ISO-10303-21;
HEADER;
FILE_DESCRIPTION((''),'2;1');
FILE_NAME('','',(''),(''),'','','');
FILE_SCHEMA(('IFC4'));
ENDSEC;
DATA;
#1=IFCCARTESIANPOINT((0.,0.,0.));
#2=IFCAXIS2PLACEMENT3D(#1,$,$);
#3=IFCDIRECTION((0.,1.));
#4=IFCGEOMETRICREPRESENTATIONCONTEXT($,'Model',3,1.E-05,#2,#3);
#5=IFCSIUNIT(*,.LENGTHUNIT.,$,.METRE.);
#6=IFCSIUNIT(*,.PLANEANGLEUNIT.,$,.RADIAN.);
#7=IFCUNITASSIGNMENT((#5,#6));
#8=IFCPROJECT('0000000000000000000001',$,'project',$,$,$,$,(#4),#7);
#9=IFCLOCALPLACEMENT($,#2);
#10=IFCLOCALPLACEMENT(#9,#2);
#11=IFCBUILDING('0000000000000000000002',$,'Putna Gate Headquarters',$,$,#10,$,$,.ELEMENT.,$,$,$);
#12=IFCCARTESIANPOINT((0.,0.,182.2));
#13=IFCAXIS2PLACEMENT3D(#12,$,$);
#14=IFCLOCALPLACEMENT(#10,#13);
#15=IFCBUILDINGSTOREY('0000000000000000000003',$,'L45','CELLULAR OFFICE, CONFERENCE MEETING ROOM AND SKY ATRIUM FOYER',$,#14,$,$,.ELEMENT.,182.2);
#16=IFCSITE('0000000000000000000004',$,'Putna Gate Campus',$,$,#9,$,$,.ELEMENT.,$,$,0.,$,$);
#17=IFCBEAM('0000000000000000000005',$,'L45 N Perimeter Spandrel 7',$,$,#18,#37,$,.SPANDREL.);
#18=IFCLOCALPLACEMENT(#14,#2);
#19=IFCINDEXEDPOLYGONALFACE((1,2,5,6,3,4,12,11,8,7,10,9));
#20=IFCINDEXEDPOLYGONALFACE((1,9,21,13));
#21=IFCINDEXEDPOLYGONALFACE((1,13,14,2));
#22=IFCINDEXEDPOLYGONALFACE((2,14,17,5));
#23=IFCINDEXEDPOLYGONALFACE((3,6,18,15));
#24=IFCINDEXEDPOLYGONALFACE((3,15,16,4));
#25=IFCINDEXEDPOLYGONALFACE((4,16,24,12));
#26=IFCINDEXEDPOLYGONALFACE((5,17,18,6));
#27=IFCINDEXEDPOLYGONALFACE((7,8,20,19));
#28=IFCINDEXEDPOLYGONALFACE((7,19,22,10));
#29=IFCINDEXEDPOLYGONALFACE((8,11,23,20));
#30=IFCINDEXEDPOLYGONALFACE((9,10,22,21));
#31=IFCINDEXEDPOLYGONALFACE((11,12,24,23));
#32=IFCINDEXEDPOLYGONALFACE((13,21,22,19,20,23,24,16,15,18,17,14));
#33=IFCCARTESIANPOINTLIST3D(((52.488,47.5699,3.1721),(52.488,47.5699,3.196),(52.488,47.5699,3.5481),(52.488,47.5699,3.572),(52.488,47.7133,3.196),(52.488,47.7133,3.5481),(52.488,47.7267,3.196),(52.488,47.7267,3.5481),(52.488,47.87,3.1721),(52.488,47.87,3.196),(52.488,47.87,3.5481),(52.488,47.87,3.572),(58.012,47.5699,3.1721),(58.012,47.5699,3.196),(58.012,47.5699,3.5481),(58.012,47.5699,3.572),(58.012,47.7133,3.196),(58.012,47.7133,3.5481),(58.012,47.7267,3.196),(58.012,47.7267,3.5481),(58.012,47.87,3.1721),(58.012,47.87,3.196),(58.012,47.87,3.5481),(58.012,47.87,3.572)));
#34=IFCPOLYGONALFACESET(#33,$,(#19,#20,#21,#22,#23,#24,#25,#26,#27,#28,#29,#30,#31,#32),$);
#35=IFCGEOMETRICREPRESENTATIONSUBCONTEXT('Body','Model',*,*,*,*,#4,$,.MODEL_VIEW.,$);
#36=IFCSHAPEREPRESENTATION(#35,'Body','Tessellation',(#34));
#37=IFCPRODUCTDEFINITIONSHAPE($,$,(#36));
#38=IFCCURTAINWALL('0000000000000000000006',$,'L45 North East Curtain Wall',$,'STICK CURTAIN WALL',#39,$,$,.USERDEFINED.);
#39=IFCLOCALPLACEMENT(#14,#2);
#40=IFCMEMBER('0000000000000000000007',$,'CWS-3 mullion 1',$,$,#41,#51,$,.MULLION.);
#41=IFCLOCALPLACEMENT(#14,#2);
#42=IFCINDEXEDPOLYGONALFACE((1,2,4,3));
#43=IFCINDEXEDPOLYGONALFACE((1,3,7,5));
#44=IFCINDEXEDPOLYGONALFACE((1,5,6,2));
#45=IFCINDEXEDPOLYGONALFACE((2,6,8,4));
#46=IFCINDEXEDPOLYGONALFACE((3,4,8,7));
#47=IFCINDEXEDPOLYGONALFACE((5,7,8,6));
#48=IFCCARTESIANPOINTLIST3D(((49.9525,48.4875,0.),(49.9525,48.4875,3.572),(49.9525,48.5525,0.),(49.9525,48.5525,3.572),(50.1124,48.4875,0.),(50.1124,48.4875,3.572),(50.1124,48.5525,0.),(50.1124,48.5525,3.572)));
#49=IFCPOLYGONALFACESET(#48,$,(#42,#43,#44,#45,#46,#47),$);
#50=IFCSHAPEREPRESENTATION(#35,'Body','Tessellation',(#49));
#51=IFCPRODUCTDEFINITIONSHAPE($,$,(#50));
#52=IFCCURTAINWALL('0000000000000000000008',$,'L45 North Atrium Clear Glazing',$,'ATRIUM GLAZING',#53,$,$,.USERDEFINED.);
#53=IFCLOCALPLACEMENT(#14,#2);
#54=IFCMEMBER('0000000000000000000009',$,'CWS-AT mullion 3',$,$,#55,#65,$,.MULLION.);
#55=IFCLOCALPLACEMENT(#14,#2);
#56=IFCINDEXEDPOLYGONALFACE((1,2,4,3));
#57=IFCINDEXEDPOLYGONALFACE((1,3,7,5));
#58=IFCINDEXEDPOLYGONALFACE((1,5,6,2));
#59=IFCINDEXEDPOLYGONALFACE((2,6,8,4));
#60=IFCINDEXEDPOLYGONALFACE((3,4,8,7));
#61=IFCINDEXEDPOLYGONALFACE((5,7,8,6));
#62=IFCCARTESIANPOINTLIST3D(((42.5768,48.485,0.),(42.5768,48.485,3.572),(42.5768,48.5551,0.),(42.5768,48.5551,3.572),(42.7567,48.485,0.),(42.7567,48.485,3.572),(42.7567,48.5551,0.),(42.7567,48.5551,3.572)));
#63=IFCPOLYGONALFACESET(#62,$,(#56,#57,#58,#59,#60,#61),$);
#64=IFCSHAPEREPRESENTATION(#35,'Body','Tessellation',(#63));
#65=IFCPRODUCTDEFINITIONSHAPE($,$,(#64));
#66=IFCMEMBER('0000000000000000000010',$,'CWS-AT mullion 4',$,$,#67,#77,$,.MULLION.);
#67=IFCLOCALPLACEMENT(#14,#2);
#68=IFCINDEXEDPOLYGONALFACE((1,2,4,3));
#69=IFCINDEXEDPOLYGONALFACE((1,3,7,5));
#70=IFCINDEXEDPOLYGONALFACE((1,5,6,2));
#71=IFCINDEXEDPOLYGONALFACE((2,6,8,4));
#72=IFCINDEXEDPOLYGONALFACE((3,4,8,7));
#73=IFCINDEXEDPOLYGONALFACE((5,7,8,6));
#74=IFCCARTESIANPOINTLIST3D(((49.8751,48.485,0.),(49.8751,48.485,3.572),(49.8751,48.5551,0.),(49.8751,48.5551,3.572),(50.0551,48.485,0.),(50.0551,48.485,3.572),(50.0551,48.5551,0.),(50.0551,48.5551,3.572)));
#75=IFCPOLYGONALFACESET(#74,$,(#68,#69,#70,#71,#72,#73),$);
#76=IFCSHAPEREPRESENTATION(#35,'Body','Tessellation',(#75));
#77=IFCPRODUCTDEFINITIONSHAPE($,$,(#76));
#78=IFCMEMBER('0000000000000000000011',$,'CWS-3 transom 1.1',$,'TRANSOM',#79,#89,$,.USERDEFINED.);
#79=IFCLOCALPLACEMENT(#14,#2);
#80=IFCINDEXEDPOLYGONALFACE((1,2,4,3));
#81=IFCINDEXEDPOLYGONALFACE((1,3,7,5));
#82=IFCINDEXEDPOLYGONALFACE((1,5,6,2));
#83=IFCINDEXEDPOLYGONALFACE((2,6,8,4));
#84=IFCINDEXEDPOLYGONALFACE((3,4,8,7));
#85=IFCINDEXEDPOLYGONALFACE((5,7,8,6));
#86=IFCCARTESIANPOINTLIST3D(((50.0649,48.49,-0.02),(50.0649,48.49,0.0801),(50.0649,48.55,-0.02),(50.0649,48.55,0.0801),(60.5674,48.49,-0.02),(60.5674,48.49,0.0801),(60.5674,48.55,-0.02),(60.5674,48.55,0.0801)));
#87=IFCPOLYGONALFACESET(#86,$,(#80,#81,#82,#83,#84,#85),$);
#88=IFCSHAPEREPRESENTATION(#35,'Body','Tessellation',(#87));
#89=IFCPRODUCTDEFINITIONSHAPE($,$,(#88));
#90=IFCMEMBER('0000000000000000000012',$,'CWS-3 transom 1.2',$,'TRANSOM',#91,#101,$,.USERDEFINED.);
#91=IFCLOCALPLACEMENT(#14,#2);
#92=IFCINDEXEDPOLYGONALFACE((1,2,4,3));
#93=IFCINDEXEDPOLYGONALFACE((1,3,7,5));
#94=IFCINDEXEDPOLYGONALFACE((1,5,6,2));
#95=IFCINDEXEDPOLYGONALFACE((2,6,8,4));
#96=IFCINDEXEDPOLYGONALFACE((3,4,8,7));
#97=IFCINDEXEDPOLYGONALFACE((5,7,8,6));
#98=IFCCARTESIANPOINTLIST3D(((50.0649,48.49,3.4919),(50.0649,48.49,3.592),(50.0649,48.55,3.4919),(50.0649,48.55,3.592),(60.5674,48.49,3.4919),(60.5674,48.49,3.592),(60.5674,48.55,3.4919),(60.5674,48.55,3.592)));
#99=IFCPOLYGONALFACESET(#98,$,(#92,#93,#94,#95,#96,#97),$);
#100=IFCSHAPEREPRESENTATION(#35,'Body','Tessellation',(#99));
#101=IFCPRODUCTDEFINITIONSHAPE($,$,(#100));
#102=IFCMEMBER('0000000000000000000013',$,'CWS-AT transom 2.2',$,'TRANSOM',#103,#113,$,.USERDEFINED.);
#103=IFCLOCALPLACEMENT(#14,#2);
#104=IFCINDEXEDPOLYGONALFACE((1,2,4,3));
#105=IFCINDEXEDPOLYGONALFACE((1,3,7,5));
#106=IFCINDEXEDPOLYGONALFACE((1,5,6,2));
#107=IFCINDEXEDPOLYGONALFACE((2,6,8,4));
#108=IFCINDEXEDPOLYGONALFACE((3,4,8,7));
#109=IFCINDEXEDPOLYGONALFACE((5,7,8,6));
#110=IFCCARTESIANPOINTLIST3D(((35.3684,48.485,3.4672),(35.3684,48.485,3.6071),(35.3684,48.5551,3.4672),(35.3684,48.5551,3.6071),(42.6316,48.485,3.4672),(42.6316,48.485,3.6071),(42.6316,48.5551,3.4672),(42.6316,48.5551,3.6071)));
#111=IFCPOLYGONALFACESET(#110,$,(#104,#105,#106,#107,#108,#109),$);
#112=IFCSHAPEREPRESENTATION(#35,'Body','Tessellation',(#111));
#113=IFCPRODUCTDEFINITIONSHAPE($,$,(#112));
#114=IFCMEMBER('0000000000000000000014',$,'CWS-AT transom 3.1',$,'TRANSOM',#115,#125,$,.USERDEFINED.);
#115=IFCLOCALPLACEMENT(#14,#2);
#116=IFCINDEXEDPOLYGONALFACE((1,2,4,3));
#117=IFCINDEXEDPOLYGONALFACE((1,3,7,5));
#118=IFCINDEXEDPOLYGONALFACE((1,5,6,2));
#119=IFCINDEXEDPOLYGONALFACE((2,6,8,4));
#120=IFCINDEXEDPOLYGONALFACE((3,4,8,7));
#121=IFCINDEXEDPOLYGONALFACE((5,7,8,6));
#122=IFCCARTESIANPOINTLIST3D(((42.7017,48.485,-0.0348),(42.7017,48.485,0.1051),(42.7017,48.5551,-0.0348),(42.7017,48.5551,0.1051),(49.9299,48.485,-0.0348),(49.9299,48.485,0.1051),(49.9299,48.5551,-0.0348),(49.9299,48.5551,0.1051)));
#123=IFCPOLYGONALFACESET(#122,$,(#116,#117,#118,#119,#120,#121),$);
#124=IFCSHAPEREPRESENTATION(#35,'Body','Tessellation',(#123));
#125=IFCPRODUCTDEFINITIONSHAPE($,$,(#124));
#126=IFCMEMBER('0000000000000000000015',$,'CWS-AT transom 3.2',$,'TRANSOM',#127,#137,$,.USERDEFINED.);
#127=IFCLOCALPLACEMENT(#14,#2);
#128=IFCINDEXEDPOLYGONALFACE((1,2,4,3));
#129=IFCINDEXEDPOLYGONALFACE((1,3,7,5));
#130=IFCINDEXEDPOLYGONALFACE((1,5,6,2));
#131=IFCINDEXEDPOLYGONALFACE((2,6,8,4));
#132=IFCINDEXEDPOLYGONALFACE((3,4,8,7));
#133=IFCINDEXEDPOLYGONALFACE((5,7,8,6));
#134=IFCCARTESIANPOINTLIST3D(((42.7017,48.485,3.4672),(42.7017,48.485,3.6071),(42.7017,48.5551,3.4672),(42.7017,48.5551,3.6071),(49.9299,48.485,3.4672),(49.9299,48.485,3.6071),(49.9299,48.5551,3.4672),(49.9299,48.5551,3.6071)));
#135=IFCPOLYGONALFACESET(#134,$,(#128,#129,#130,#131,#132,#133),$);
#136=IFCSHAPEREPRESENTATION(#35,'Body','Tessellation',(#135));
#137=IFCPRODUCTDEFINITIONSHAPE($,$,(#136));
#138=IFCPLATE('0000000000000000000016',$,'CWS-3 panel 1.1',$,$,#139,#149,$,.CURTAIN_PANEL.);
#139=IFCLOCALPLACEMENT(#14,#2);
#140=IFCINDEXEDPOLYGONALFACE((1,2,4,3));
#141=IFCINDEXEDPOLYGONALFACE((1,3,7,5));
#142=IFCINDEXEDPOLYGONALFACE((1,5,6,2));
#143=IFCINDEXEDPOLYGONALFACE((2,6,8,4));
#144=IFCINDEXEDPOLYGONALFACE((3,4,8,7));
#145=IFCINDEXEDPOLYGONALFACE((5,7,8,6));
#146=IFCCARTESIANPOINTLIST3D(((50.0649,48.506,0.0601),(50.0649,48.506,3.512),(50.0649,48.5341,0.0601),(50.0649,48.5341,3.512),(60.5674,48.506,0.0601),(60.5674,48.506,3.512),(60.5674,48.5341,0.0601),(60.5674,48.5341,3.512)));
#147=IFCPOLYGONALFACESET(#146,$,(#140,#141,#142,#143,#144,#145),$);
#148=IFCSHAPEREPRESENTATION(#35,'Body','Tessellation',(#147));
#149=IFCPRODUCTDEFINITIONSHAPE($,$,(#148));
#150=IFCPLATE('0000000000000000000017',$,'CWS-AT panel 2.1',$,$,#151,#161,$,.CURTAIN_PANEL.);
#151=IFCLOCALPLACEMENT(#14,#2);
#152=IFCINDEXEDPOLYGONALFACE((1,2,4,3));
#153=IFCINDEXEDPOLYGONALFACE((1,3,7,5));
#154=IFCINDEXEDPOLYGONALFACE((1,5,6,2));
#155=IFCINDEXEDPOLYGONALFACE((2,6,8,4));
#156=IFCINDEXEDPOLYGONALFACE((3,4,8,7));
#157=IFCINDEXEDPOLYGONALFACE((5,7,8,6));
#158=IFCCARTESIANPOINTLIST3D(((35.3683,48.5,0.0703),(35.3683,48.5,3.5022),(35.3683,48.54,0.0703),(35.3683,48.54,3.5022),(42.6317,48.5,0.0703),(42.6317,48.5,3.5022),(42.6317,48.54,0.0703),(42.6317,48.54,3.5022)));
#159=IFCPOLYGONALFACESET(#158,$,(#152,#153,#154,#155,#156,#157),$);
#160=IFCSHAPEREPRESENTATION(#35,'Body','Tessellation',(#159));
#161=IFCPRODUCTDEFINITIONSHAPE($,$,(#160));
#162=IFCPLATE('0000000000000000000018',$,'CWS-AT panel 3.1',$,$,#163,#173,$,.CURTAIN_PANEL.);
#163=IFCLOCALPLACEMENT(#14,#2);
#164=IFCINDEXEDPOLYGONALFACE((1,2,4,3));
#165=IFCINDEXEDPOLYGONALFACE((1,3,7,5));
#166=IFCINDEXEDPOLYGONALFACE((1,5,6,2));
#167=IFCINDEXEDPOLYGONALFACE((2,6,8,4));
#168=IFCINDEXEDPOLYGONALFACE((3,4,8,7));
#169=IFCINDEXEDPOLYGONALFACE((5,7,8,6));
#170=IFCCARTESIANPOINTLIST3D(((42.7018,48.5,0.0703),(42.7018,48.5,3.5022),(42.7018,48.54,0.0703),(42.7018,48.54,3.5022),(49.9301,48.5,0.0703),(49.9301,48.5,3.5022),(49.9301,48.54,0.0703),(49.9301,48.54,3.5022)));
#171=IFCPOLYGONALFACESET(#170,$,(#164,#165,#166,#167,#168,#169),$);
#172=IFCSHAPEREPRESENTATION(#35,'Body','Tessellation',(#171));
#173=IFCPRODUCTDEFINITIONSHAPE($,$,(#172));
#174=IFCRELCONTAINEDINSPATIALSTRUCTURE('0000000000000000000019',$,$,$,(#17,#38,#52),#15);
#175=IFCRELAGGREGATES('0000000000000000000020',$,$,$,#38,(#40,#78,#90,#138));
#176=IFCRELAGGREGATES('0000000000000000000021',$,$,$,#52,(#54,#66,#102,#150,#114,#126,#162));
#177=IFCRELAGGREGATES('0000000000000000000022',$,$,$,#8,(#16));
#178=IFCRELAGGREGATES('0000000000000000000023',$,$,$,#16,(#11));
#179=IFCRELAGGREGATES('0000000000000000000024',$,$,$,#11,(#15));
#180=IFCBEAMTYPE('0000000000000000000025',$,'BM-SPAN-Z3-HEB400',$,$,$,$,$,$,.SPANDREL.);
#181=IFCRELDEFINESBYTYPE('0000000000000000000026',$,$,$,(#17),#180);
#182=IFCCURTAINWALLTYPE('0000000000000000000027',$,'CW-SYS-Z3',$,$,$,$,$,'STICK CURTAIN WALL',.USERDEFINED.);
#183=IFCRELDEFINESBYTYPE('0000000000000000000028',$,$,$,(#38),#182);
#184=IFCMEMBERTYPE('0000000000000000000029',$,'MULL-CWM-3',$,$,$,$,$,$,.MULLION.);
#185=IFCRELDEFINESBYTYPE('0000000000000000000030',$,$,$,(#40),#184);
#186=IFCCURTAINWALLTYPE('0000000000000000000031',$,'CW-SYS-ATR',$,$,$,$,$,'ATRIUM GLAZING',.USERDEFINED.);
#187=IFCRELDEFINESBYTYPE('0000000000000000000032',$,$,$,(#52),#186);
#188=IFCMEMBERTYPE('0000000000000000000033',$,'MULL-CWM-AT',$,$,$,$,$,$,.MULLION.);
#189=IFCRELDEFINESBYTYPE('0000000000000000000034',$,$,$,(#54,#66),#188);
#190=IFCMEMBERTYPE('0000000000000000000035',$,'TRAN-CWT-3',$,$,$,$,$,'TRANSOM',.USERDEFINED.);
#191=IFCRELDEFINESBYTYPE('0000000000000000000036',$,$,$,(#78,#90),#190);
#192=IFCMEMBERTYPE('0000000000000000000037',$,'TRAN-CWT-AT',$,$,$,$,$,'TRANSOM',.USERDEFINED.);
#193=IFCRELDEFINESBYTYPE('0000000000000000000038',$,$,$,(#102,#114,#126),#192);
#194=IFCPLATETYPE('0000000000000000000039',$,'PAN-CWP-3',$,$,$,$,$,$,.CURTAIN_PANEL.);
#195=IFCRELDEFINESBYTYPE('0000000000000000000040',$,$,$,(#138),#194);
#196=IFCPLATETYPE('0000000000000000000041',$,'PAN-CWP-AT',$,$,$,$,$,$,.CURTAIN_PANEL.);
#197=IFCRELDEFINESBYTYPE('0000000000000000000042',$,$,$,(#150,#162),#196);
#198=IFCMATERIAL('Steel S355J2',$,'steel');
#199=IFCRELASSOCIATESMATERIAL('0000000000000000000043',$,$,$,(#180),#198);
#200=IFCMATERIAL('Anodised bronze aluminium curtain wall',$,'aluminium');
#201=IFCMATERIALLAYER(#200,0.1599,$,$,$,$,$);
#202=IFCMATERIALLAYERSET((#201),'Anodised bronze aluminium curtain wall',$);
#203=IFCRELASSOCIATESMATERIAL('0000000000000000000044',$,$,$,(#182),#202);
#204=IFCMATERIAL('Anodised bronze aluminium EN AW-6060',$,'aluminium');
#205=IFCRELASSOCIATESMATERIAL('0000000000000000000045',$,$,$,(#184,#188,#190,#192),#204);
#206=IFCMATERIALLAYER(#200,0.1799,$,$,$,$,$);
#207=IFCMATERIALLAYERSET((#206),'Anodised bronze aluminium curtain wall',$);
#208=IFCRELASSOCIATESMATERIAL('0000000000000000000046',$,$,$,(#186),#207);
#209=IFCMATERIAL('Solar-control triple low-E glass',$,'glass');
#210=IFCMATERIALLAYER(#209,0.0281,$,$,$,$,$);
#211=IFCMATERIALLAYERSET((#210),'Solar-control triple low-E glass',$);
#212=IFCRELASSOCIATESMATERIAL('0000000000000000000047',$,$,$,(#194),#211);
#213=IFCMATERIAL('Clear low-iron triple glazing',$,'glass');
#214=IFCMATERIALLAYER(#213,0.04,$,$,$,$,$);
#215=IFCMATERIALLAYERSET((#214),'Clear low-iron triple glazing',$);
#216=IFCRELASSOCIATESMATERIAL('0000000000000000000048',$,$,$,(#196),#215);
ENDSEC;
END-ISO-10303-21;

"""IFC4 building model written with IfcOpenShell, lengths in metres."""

from ifc_helpers import new_model, si_unit, direction, frame, origin, origin_2d, place, context, subcontext, project, spatial, rectangle, i_section, extrude, material, layer, layer_set, material_profile, profile_set, type_object, element, aggregate, save


model = new_model("IFC4")

# Units and contexts
model_context = context("Model", 3, precision=1e-05, world=origin(), true_north=direction((0.0, 1.0)))
body_context = subcontext(model_context, "Body", "Model", "MODEL_VIEW")
ifc_project = project(units=[si_unit("LENGTHUNIT", "METRE"), si_unit("PLANEANGLEUNIT", "RADIAN")], contexts=[model_context])

# Site, building, storey
site_placement = place(None, origin())
site = spatial("IfcSite", under=ifc_project, at=site_placement, Name="Putna Gate Campus", CompositionType="ELEMENT", RefElevation=0.0)
building_placement = place(site_placement, origin())
building = spatial("IfcBuilding", under=site, at=building_placement, Name="Putna Gate Headquarters", CompositionType="ELEMENT")
storey_placement = place(building_placement, frame((0.0, 0.0, 182.2)))
storey = spatial("IfcBuildingStorey", under=building, at=storey_placement, Name="L45", Description="CELLULAR OFFICE, CONFERENCE MEETING ROOM AND SKY ATRIUM FOYER", CompositionType="ELEMENT", Elevation=182.2)

# Beam
ifc_material_1 = material(Name="Steel S355J2", Category="steel")
ifc_material_profile_1 = material_profile(ifc_material_1, i_section(OverallWidth=0.3, OverallDepth=0.3999, WebThickness=0.0134, FlangeThickness=0.0239, at=origin_2d()), Name="Steel S355J2")
ifc_profile_set_1 = profile_set([ifc_material_profile_1], Name="Steel S355J2")
beam_type_1 = type_object("IfcBeamType", Name="BM-SPAN-Z3-HEB400", PredefinedType="SPANDREL", material=ifc_profile_set_1)
for number, where, z_axis, x_axis, name in (
    (1, (52.488, 47.72, 3.3721), (1.0, 0.0, 0.0), (0.0, 1.0, 0.0), "L45 N Perimeter Spandrel 7"),
):
    element("IfcBeam", number, at=place(storey_placement, frame(where, z_axis=z_axis, x_axis=x_axis)), inside=storey, type_object=beam_type_1, Name=name, PredefinedType="SPANDREL", context=body_context, shape_type="SweptSolid", body=[
        extrude(i_section(OverallWidth=0.3, OverallDepth=0.3999, WebThickness=0.0134, FlangeThickness=0.0239, at=origin_2d()), origin(), (0.0, 0.0, 1.0), 5.5239),
    ])

# Curtain wall, member
ifc_material_2 = material(Name="Anodised bronze aluminium curtain wall", Category="aluminium")
ifc_layer_1 = layer(ifc_material_2, 0.1599)
ifc_layer_set_1 = layer_set([ifc_layer_1], Name="Anodised bronze aluminium curtain wall")
curtain_wall_type_1 = type_object("IfcCurtainWallType", Name="CW-SYS-Z3", ElementType="STICK CURTAIN WALL", PredefinedType="USERDEFINED", material=ifc_layer_set_1)
curtain_wall_1_placement = place(storey_placement, origin())
curtain_wall_1 = element("IfcCurtainWall", 2, at=curtain_wall_1_placement, inside=storey, type_object=curtain_wall_type_1, Name="L45 North East Curtain Wall", ObjectType="STICK CURTAIN WALL", PredefinedType="USERDEFINED")
ifc_material_3 = material(Name="Anodised bronze aluminium EN AW-6060", Category="aluminium")
ifc_material_profile_2 = material_profile(ifc_material_3, rectangle(XDim=0.0649, YDim=0.1599, at=origin_2d()), Name="Anodised bronze aluminium EN AW-6060")
ifc_profile_set_2 = profile_set([ifc_material_profile_2], Name="Anodised bronze aluminium EN AW-6060")
member_type_1 = type_object("IfcMemberType", Name="MULL-CWM-3", PredefinedType="MULLION", material=ifc_profile_set_2)
member_1_placement = place(storey_placement, frame((50.0325, 48.52, 0.0), z_axis=(0.0, 0.0, 1.0), x_axis=(0.0, 1.0, 0.0)))
member_1 = element("IfcMember", 3, at=member_1_placement, type_object=member_type_1, Name="CWS-3 mullion 1", PredefinedType="MULLION", context=body_context, shape_type="SweptSolid", body=[
    extrude(rectangle(XDim=0.0649, YDim=0.1599, at=origin_2d()), origin(), (0.0, 0.0, 1.0), 3.572),
])

# Curtain wall, members
ifc_layer_2 = layer(ifc_material_2, 0.1799)
ifc_layer_set_2 = layer_set([ifc_layer_2], Name="Anodised bronze aluminium curtain wall")
curtain_wall_type_2 = type_object("IfcCurtainWallType", Name="CW-SYS-ATR", ElementType="ATRIUM GLAZING", PredefinedType="USERDEFINED", material=ifc_layer_set_2)
curtain_wall_2_placement = place(storey_placement, origin())
curtain_wall_2 = element("IfcCurtainWall", 4, at=curtain_wall_2_placement, inside=storey, type_object=curtain_wall_type_2, Name="L45 North Atrium Clear Glazing", ObjectType="ATRIUM GLAZING", PredefinedType="USERDEFINED")
ifc_material_profile_3 = material_profile(ifc_material_3, rectangle(XDim=0.0701, YDim=0.1799, at=origin_2d()), Name="Anodised bronze aluminium EN AW-6060")
ifc_profile_set_3 = profile_set([ifc_material_profile_3], Name="Anodised bronze aluminium EN AW-6060")
member_type_2 = type_object("IfcMemberType", Name="MULL-CWM-AT", PredefinedType="MULLION", material=ifc_profile_set_3)
member_2_placement = place(storey_placement, frame((42.6667, 48.52, 0.0), z_axis=(0.0, 0.0, 1.0), x_axis=(0.0, 1.0, 0.0)))
member_2 = element("IfcMember", 5, at=member_2_placement, type_object=member_type_2, Name="CWS-AT mullion 3", PredefinedType="MULLION", context=body_context, shape_type="SweptSolid", body=[
    extrude(rectangle(XDim=0.0701, YDim=0.1799, at=origin_2d()), origin(), (0.0, 0.0, 1.0), 3.572),
])
member_3_placement = place(storey_placement, frame((49.9651, 48.52, 0.0), z_axis=(0.0, 0.0, 1.0), x_axis=(0.0, 1.0, 0.0)))
member_3 = element("IfcMember", 6, at=member_3_placement, type_object=member_type_2, Name="CWS-AT mullion 4", PredefinedType="MULLION", context=body_context, shape_type="SweptSolid", body=[
    extrude(rectangle(XDim=0.0701, YDim=0.1799, at=origin_2d()), origin(), (0.0, 0.0, 1.0), 3.572),
])

# Members
ifc_material_profile_4 = material_profile(ifc_material_3, rectangle(XDim=0.0601, YDim=0.1001, at=origin_2d()), Name="Anodised bronze aluminium EN AW-6060")
ifc_profile_set_4 = profile_set([ifc_material_profile_4], Name="Anodised bronze aluminium EN AW-6060")
member_type_3 = type_object("IfcMemberType", Name="TRAN-CWT-3", ElementType="TRANSOM", PredefinedType="USERDEFINED", material=ifc_profile_set_4)
member_4_placement = place(storey_placement, frame((50.0649, 48.52, 0.03), z_axis=(1.0, 0.0, 0.0), x_axis=(0.0, 1.0, 0.0)))
member_4 = element("IfcMember", 7, at=member_4_placement, type_object=member_type_3, Name="CWS-3 transom 1.1", ObjectType="TRANSOM", PredefinedType="USERDEFINED", context=body_context, shape_type="SweptSolid", body=[
    extrude(rectangle(XDim=0.0601, YDim=0.1001, at=origin_2d()), origin(), (0.0, 0.0, 1.0), 10.5024),
])
member_5_placement = place(storey_placement, frame((50.0649, 48.52, 3.542), z_axis=(1.0, 0.0, 0.0), x_axis=(0.0, 1.0, 0.0)))
member_5 = element("IfcMember", 8, at=member_5_placement, type_object=member_type_3, Name="CWS-3 transom 1.2", ObjectType="TRANSOM", PredefinedType="USERDEFINED", context=body_context, shape_type="SweptSolid", body=[
    extrude(rectangle(XDim=0.0601, YDim=0.1001, at=origin_2d()), origin(), (0.0, 0.0, 1.0), 10.5024),
])
ifc_material_profile_5 = material_profile(ifc_material_3, rectangle(XDim=0.0701, YDim=0.1399, at=origin_2d()), Name="Anodised bronze aluminium EN AW-6060")
ifc_profile_set_5 = profile_set([ifc_material_profile_5], Name="Anodised bronze aluminium EN AW-6060")
member_type_4 = type_object("IfcMemberType", Name="TRAN-CWT-AT", ElementType="TRANSOM", PredefinedType="USERDEFINED", material=ifc_profile_set_5)
member_6_placement = place(storey_placement, frame((35.3684, 48.52, 3.5371), z_axis=(1.0, 0.0, 0.0), x_axis=(0.0, 1.0, 0.0)))
member_6 = element("IfcMember", 9, at=member_6_placement, type_object=member_type_4, Name="CWS-AT transom 2.2", ObjectType="TRANSOM", PredefinedType="USERDEFINED", context=body_context, shape_type="SweptSolid", body=[
    extrude(rectangle(XDim=0.0701, YDim=0.1399, at=origin_2d()), origin(), (0.0, 0.0, 1.0), 7.2632),
])
member_7_placement = place(storey_placement, frame((42.7017, 48.52, 0.0352), z_axis=(1.0, 0.0, 0.0), x_axis=(0.0, 1.0, 0.0)))
member_7 = element("IfcMember", 10, at=member_7_placement, type_object=member_type_4, Name="CWS-AT transom 3.1", ObjectType="TRANSOM", PredefinedType="USERDEFINED", context=body_context, shape_type="SweptSolid", body=[
    extrude(rectangle(XDim=0.0701, YDim=0.1399, at=origin_2d()), origin(), (0.0, 0.0, 1.0), 7.2283),
])
member_8_placement = place(storey_placement, frame((42.7017, 48.52, 3.5371), z_axis=(1.0, 0.0, 0.0), x_axis=(0.0, 1.0, 0.0)))
member_8 = element("IfcMember", 11, at=member_8_placement, type_object=member_type_4, Name="CWS-AT transom 3.2", ObjectType="TRANSOM", PredefinedType="USERDEFINED", context=body_context, shape_type="SweptSolid", body=[
    extrude(rectangle(XDim=0.0701, YDim=0.1399, at=origin_2d()), origin(), (0.0, 0.0, 1.0), 7.2283),
])

# Plates
ifc_material_4 = material(Name="Solar-control triple low-E glass", Category="glass")
ifc_layer_3 = layer(ifc_material_4, 0.0281)
ifc_layer_set_3 = layer_set([ifc_layer_3], Name="Solar-control triple low-E glass")
plate_type_1 = type_object("IfcPlateType", Name="PAN-CWP-3", PredefinedType="CURTAIN_PANEL", material=ifc_layer_set_3)
plate_1_placement = place(storey_placement, frame((55.3162, 48.52, 0.0601), z_axis=(0.0, 0.0, 1.0), x_axis=(1.0, 0.0, 0.0)))
plate_1 = element("IfcPlate", 12, at=plate_1_placement, type_object=plate_type_1, Name="CWS-3 panel 1.1", PredefinedType="CURTAIN_PANEL", context=body_context, shape_type="SweptSolid", body=[
    extrude(rectangle(XDim=10.5024, YDim=0.0281, at=origin_2d()), origin(), (0.0, 0.0, 1.0), 3.4519),
])
aggregate(curtain_wall_1, [member_1, member_4, member_5, plate_1])
ifc_material_5 = material(Name="Clear low-iron triple glazing", Category="glass")
ifc_layer_4 = layer(ifc_material_5, 0.04)
ifc_layer_set_4 = layer_set([ifc_layer_4], Name="Clear low-iron triple glazing")
plate_type_2 = type_object("IfcPlateType", Name="PAN-CWP-AT", PredefinedType="CURTAIN_PANEL", material=ifc_layer_set_4)
plate_2_placement = place(storey_placement, frame((39.0, 48.52, 0.0703), z_axis=(0.0, 0.0, 1.0), x_axis=(1.0, 0.0, 0.0)))
plate_2 = element("IfcPlate", 13, at=plate_2_placement, type_object=plate_type_2, Name="CWS-AT panel 2.1", PredefinedType="CURTAIN_PANEL", context=body_context, shape_type="SweptSolid", body=[
    extrude(rectangle(XDim=7.2634, YDim=0.04, at=origin_2d()), origin(), (0.0, 0.0, 1.0), 3.4319),
])
plate_3_placement = place(storey_placement, frame((46.3159, 48.52, 0.0703), z_axis=(0.0, 0.0, 1.0), x_axis=(1.0, 0.0, 0.0)))
plate_3 = element("IfcPlate", 14, at=plate_3_placement, type_object=plate_type_2, Name="CWS-AT panel 3.1", PredefinedType="CURTAIN_PANEL", context=body_context, shape_type="SweptSolid", body=[
    extrude(rectangle(XDim=7.2283, YDim=0.04, at=origin_2d()), origin(), (0.0, 0.0, 1.0), 3.4319),
])
aggregate(curtain_wall_2, [member_2, member_3, member_6, plate_2, member_7, member_8, plate_3])

save(model, "model.ifc")
